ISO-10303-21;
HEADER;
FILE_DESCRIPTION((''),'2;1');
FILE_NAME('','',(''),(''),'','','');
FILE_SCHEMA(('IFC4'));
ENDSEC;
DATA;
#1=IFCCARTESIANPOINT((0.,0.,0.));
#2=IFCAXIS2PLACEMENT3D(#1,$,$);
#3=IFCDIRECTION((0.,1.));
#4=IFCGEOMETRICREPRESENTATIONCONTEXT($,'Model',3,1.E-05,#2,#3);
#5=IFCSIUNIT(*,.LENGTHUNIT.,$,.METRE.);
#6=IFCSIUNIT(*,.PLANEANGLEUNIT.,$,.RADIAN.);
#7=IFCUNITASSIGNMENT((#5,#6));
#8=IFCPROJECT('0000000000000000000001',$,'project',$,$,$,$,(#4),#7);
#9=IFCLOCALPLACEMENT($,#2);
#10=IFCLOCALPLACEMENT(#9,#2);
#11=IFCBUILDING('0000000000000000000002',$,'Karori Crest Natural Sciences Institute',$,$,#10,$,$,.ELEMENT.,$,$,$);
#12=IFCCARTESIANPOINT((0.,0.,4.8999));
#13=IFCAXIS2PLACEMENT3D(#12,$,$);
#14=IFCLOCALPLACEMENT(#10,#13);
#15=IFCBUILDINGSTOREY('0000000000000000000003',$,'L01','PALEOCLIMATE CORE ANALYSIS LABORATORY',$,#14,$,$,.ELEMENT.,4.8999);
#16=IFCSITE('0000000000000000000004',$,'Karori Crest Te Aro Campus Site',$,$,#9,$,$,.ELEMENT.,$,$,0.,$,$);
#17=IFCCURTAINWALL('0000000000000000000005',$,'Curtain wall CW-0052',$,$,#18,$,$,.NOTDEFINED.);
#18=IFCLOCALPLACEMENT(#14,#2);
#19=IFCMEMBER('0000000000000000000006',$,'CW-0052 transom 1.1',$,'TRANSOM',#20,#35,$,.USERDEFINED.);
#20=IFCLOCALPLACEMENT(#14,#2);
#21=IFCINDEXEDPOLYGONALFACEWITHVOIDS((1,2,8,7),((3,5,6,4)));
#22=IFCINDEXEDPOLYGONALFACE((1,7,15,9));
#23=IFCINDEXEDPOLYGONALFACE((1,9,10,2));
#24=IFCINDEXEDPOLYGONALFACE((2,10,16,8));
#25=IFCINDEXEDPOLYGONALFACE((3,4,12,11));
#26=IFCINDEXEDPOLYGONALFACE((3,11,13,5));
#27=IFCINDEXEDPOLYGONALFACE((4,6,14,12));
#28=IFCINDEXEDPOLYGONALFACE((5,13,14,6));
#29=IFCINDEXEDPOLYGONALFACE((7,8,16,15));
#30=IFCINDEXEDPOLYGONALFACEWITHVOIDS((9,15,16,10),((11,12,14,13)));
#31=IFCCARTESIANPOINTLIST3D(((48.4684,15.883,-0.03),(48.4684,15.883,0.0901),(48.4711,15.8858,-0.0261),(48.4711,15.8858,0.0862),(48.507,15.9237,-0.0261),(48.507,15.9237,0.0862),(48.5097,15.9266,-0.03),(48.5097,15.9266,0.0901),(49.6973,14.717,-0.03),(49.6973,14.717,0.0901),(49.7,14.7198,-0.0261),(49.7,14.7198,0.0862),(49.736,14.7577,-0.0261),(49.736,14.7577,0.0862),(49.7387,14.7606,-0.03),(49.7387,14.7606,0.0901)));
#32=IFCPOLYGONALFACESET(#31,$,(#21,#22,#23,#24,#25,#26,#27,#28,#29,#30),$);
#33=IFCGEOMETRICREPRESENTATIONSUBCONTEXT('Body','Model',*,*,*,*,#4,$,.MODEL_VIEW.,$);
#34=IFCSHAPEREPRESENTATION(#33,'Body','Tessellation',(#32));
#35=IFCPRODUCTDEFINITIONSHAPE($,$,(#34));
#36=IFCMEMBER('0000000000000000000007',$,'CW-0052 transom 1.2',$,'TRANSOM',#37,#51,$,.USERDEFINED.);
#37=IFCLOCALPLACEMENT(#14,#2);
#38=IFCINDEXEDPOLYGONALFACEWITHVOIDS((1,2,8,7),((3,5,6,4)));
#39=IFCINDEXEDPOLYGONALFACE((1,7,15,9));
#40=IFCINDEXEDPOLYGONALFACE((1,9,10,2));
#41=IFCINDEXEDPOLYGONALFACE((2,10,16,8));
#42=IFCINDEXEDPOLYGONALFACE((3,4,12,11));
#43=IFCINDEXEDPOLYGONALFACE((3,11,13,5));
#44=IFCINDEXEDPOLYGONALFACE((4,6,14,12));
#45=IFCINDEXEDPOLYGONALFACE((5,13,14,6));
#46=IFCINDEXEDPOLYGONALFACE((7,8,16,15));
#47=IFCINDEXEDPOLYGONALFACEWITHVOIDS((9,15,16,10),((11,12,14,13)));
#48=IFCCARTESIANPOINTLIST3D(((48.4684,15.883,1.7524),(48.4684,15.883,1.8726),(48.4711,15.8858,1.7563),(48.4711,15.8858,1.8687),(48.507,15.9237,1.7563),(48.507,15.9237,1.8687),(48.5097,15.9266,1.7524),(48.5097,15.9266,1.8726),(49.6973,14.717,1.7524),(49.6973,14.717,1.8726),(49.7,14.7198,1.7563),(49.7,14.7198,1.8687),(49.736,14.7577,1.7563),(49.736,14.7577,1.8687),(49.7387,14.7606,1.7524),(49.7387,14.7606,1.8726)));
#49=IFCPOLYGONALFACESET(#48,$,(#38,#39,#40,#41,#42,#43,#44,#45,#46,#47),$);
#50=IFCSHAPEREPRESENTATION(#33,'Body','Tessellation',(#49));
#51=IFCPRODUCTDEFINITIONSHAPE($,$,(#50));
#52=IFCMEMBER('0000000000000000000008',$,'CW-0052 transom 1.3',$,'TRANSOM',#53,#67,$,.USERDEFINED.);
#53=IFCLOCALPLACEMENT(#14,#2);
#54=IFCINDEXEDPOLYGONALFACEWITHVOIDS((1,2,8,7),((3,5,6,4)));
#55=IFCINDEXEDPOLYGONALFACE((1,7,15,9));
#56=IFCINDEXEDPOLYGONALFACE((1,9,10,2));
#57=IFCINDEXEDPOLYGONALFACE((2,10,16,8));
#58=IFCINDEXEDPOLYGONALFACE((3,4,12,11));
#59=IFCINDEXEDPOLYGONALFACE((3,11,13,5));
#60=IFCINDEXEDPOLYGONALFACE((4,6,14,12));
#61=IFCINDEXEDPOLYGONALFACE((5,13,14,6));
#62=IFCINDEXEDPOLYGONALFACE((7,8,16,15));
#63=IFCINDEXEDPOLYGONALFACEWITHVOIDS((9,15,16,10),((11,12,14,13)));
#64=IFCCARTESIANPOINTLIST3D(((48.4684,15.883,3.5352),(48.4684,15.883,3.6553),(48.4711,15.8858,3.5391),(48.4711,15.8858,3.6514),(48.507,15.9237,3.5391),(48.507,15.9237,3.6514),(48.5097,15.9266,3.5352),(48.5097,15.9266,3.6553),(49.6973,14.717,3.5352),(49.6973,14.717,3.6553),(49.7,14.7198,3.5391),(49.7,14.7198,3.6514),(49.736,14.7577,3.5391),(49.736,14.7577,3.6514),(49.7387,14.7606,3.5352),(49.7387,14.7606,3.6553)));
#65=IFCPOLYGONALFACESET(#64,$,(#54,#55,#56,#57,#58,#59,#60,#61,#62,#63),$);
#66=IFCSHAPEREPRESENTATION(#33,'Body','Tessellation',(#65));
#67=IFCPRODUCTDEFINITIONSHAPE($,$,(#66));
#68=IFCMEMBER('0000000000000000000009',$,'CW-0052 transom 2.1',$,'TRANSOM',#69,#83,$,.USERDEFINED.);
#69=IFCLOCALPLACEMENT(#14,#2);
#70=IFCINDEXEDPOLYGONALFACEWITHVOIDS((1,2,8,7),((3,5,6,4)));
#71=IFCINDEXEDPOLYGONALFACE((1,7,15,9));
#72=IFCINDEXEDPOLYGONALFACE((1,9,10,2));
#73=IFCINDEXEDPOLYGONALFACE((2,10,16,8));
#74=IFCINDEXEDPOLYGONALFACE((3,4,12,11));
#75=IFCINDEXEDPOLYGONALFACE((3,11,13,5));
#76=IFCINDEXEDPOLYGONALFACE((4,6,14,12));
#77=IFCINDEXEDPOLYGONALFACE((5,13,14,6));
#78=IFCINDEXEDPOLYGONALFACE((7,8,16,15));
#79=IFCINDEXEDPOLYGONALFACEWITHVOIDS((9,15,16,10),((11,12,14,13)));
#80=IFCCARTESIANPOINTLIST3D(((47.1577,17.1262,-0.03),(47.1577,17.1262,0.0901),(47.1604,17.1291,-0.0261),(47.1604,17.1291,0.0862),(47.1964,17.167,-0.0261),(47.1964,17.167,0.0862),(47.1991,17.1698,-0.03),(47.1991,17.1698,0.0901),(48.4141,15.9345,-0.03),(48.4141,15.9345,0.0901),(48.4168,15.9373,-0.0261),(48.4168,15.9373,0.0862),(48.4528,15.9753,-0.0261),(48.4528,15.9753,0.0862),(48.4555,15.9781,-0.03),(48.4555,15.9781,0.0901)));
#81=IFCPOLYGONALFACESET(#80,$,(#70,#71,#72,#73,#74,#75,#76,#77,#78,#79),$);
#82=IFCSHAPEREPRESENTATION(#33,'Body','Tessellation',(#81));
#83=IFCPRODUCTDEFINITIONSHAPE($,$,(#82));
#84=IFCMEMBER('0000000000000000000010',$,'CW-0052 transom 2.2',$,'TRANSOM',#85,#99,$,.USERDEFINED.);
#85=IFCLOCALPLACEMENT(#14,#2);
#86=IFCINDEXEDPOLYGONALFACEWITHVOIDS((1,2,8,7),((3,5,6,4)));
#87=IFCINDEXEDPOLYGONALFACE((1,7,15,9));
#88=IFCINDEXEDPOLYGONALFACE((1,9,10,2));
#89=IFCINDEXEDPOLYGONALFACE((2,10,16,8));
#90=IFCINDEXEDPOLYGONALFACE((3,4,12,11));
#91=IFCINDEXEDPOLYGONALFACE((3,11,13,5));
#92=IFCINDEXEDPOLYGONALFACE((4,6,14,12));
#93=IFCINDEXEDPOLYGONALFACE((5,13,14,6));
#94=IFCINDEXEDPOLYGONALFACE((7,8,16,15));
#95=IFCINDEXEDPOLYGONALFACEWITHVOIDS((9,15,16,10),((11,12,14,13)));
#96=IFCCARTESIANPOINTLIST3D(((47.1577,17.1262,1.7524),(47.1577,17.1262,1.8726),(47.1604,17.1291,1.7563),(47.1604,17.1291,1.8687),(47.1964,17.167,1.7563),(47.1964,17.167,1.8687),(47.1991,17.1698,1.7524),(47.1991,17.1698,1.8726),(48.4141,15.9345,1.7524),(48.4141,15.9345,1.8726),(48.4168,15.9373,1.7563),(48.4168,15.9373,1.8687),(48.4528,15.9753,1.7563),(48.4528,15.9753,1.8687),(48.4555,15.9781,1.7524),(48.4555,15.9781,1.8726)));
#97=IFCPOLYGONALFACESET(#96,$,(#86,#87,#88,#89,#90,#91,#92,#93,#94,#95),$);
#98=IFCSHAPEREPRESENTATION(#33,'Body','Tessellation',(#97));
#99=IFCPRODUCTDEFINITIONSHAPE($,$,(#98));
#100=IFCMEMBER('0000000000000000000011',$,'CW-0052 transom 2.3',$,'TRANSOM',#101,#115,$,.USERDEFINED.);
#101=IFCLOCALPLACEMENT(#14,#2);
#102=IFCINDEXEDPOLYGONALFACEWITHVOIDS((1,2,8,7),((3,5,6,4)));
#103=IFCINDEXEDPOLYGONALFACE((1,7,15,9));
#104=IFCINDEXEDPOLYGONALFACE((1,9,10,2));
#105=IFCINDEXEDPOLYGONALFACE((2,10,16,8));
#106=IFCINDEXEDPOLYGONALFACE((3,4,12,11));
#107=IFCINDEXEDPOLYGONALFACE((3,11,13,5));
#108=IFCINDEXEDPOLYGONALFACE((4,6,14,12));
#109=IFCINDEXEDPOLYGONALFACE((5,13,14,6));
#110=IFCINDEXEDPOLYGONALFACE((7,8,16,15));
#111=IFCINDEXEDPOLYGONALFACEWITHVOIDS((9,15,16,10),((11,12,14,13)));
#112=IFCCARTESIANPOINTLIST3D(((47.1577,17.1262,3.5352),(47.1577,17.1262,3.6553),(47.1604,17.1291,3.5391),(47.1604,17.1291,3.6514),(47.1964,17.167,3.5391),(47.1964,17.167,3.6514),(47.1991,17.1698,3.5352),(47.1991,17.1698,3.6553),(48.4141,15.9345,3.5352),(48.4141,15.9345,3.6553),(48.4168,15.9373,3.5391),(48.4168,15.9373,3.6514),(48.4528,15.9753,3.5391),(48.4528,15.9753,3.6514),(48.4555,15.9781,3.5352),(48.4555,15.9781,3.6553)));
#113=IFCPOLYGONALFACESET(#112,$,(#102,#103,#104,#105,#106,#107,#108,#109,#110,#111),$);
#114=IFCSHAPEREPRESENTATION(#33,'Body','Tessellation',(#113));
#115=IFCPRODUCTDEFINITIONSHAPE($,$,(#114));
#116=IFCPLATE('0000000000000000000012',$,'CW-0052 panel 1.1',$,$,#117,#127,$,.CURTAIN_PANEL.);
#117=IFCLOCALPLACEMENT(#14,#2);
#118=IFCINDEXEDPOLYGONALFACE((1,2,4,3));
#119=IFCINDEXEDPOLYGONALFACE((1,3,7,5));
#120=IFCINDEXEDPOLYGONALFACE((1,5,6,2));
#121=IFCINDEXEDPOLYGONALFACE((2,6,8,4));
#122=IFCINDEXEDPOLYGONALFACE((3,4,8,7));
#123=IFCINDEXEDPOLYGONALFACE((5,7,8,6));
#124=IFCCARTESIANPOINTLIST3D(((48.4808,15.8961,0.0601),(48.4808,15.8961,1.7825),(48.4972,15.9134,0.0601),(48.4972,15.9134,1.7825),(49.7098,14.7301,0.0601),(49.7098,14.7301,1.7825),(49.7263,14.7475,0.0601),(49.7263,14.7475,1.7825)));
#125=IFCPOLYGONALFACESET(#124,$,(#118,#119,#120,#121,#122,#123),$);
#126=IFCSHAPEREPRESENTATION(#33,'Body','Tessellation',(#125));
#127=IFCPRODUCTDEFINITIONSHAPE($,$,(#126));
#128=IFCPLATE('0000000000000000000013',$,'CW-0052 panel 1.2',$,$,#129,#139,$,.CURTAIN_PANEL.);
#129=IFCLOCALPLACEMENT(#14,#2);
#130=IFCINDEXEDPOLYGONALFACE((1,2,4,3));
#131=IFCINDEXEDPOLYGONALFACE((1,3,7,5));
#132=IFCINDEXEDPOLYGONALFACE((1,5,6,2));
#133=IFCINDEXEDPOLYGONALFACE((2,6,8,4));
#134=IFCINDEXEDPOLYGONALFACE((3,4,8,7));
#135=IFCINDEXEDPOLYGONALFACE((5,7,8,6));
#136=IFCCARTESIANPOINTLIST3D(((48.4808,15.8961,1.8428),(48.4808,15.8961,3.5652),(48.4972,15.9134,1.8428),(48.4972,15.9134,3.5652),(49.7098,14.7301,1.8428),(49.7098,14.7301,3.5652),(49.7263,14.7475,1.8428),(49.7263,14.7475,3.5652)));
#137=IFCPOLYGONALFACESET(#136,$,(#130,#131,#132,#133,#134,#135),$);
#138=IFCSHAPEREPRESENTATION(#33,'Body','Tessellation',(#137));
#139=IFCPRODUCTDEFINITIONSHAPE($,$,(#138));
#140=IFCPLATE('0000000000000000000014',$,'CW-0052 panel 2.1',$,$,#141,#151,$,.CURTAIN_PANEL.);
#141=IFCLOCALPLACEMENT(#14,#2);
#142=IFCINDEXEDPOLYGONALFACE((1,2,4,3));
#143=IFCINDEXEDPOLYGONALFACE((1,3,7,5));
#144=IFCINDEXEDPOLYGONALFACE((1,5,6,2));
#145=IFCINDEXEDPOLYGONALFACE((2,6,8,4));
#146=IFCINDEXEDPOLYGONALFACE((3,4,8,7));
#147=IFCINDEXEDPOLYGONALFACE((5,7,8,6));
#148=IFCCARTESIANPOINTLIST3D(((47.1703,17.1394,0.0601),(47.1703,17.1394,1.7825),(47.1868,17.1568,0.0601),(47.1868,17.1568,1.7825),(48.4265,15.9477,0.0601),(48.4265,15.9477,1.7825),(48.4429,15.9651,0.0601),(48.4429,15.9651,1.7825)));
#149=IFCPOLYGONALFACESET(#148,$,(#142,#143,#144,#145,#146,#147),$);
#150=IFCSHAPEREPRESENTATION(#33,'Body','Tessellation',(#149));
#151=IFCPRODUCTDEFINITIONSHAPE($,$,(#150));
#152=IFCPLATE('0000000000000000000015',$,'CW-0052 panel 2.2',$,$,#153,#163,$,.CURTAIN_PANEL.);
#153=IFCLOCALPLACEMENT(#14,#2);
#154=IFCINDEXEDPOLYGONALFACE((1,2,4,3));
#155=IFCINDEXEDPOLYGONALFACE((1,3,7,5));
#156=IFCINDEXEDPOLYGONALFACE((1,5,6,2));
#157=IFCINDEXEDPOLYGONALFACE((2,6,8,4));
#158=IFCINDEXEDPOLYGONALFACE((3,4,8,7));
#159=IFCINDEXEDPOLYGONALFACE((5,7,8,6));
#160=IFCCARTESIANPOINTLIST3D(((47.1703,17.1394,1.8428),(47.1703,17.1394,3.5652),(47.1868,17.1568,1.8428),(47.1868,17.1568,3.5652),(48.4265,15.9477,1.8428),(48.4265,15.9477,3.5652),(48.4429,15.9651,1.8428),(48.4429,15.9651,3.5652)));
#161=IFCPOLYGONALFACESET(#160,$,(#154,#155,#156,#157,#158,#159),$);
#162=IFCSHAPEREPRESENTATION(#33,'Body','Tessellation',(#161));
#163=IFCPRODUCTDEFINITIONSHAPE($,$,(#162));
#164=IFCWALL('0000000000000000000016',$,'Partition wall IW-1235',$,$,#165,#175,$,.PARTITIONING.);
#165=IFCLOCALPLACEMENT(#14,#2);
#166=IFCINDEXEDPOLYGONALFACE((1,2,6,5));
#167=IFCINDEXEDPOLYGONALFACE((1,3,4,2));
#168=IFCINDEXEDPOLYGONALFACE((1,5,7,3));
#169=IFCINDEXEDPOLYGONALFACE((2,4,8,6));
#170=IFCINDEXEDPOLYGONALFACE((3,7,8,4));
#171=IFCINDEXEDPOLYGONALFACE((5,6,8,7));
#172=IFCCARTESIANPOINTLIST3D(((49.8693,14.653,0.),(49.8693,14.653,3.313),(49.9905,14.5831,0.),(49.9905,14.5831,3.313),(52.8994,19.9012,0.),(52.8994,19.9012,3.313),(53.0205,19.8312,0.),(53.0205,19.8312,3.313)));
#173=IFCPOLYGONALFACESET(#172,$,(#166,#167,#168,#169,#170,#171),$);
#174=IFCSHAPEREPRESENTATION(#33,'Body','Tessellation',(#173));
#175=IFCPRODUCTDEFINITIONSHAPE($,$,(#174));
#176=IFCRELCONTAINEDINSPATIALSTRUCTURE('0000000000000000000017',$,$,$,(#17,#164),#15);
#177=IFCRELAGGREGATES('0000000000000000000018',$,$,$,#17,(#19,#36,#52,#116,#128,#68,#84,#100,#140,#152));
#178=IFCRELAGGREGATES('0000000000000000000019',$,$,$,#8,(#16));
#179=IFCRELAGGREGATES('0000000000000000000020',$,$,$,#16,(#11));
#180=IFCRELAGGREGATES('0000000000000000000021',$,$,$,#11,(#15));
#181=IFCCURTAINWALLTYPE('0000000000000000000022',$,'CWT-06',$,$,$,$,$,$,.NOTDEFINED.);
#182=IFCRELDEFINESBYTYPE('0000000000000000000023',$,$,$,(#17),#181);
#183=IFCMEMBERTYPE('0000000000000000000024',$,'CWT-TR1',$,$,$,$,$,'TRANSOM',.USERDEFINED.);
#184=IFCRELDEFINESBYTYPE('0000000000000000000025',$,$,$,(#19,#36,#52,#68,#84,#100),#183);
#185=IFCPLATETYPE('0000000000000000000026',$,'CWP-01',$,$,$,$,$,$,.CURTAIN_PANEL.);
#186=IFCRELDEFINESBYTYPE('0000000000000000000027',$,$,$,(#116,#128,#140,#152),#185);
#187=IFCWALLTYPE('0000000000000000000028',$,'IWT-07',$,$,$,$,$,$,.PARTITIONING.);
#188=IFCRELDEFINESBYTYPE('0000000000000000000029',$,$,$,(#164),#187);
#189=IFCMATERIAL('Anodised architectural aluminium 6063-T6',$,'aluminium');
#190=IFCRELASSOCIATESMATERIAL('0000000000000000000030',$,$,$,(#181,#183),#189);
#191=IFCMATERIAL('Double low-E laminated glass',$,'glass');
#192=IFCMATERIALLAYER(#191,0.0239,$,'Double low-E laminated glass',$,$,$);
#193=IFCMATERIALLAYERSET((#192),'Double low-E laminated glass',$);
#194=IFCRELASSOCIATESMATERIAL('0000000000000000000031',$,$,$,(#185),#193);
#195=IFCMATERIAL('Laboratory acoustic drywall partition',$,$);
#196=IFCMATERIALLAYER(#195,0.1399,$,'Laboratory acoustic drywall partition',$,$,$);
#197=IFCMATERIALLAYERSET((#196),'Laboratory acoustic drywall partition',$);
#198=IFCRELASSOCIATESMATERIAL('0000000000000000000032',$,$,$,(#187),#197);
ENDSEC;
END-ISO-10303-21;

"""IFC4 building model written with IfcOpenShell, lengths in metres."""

from ifc_helpers import new_model, si_unit, direction, frame, frame_2d, origin, origin_2d, place, context, subcontext, project, spatial, rectangle, hollow_rectangle, extrude, material, layer, layer_set, material_profile, profile_set, type_object, element, aggregate, save


model = new_model("IFC4")

# Units and contexts
model_context = context("Model", 3, precision=1e-05, world=origin(), true_north=direction((0.0, 1.0)))
body_context = subcontext(model_context, "Body", "Model", "MODEL_VIEW")
ifc_project = project(units=[si_unit("LENGTHUNIT", "METRE"), si_unit("PLANEANGLEUNIT", "RADIAN")], contexts=[model_context])

# Site, building, storey
site_placement = place(None, origin())
site = spatial("IfcSite", under=ifc_project, at=site_placement, Name="Karori Crest Te Aro Campus Site", CompositionType="ELEMENT", RefElevation=0.0)
building_placement = place(site_placement, origin())
building = spatial("IfcBuilding", under=site, at=building_placement, Name="Karori Crest Natural Sciences Institute", CompositionType="ELEMENT")
storey_placement = place(building_placement, frame((0.0, 0.0, 4.8999)))
storey = spatial("IfcBuildingStorey", under=building, at=storey_placement, Name="L01", Description="PALEOCLIMATE CORE ANALYSIS LABORATORY", CompositionType="ELEMENT", Elevation=4.8999)

# Curtain wall, members, plates
ifc_material_1 = material(Name="Anodised architectural aluminium 6063-T6", Category="aluminium")
curtain_wall_type = type_object("IfcCurtainWallType", Name="CWT-06", PredefinedType="NOTDEFINED", material=ifc_material_1)
curtain_wall_placement = place(storey_placement, origin())
curtain_wall = element("IfcCurtainWall", 1, at=curtain_wall_placement, inside=storey, type_object=curtain_wall_type, Name="Curtain wall CW-0052", PredefinedType="NOTDEFINED")
ifc_material_profile_1 = material_profile(ifc_material_1, hollow_rectangle(XDim=0.0601, YDim=0.1201, WallThickness=0.0039, at=origin_2d()), Name="CWT120x60x4")
ifc_profile_set_1 = profile_set([ifc_material_profile_1], Name="Anodised architectural aluminium 6063-T6")
member_type_1 = type_object("IfcMemberType", Name="CWT-TR1", ElementType="TRANSOM", PredefinedType="USERDEFINED", material=ifc_profile_set_1)
member_1_placement = place(storey_placement, frame((49.718, 14.7388, 0.03), z_axis=(-0.725453, 0.688272, 0.0), x_axis=(-0.688272, -0.725453, 0.0)))
member_1 = element("IfcMember", 2, at=member_1_placement, type_object=member_type_1, Name="CW-0052 transom 1.1", ObjectType="TRANSOM", PredefinedType="USERDEFINED", context=body_context, shape_type="SweptSolid", body=[
    extrude(hollow_rectangle(XDim=0.0601, YDim=0.1201, WallThickness=0.0039, at=origin_2d()), origin(), (0.0, 0.0, 1.0), 1.6941),
])
member_2_placement = place(storey_placement, frame((49.718, 14.7388, 1.8125), z_axis=(-0.725453, 0.688272, 0.0), x_axis=(-0.688272, -0.725453, 0.0)))
member_2 = element("IfcMember", 3, at=member_2_placement, type_object=member_type_1, Name="CW-0052 transom 1.2", ObjectType="TRANSOM", PredefinedType="USERDEFINED", context=body_context, shape_type="SweptSolid", body=[
    extrude(hollow_rectangle(XDim=0.0601, YDim=0.1201, WallThickness=0.0039, at=origin_2d()), origin(), (0.0, 0.0, 1.0), 1.6941),
])
member_3_placement = place(storey_placement, frame((49.718, 14.7388, 3.5952), z_axis=(-0.725453, 0.688272, 0.0), x_axis=(-0.688272, -0.725453, 0.0)))
member_3 = element("IfcMember", 4, at=member_3_placement, type_object=member_type_1, Name="CW-0052 transom 1.3", ObjectType="TRANSOM", PredefinedType="USERDEFINED", context=body_context, shape_type="SweptSolid", body=[
    extrude(hollow_rectangle(XDim=0.0601, YDim=0.1201, WallThickness=0.0039, at=origin_2d()), origin(), (0.0, 0.0, 1.0), 1.6941),
])
member_4_placement = place(storey_placement, frame((48.4348, 15.9563, 0.03), z_axis=(-0.725541, 0.688179, 0.0), x_axis=(-0.688179, -0.725541, 0.0)))
member_4 = element("IfcMember", 5, at=member_4_placement, type_object=member_type_1, Name="CW-0052 transom 2.1", ObjectType="TRANSOM", PredefinedType="USERDEFINED", context=body_context, shape_type="SweptSolid", body=[
    extrude(hollow_rectangle(XDim=0.0601, YDim=0.1201, WallThickness=0.0039, at=origin_2d()), origin(), (0.0, 0.0, 1.0), 1.7317),
])
member_5_placement = place(storey_placement, frame((48.4348, 15.9563, 1.8125), z_axis=(-0.725541, 0.688179, 0.0), x_axis=(-0.688179, -0.725541, 0.0)))
member_5 = element("IfcMember", 6, at=member_5_placement, type_object=member_type_1, Name="CW-0052 transom 2.2", ObjectType="TRANSOM", PredefinedType="USERDEFINED", context=body_context, shape_type="SweptSolid", body=[
    extrude(hollow_rectangle(XDim=0.0601, YDim=0.1201, WallThickness=0.0039, at=origin_2d()), origin(), (0.0, 0.0, 1.0), 1.7317),
])
member_6_placement = place(storey_placement, frame((48.4348, 15.9563, 3.5952), z_axis=(-0.725541, 0.688179, 0.0), x_axis=(-0.688179, -0.725541, 0.0)))
member_6 = element("IfcMember", 7, at=member_6_placement, type_object=member_type_1, Name="CW-0052 transom 2.3", ObjectType="TRANSOM", PredefinedType="USERDEFINED", context=body_context, shape_type="SweptSolid", body=[
    extrude(hollow_rectangle(XDim=0.0601, YDim=0.1201, WallThickness=0.0039, at=origin_2d()), origin(), (0.0, 0.0, 1.0), 1.7317),
])
ifc_material_2 = material(Name="Double low-E laminated glass", Category="glass")
ifc_layer_1 = layer(ifc_material_2, 0.0239, Name="Double low-E laminated glass")
ifc_layer_set_1 = layer_set([ifc_layer_1], Name="Double low-E laminated glass")
plate_type = type_object("IfcPlateType", Name="CWP-01", PredefinedType="CURTAIN_PANEL", material=ifc_layer_set_1)
plate_1_placement = place(storey_placement, frame((49.1035, 15.3218, 0.0601), z_axis=(0.0, 0.0, 1.0), x_axis=(-0.725477, 0.688246, 0.0)))
plate_1 = element("IfcPlate", 8, at=plate_1_placement, type_object=plate_type, Name="CW-0052 panel 1.1", PredefinedType="CURTAIN_PANEL", context=body_context, shape_type="SweptSolid", body=[
    extrude(rectangle(XDim=1.6941, YDim=0.0239, at=origin_2d()), origin(), (0.0, 0.0, 1.0), 1.7224),
])
plate_2_placement = place(storey_placement, frame((49.1035, 15.3218, 1.8428), z_axis=(0.0, 0.0, 1.0), x_axis=(-0.725477, 0.688246, 0.0)))
plate_2 = element("IfcPlate", 9, at=plate_2_placement, type_object=plate_type, Name="CW-0052 panel 1.2", PredefinedType="CURTAIN_PANEL", context=body_context, shape_type="SweptSolid", body=[
    extrude(rectangle(XDim=1.6941, YDim=0.0239, at=origin_2d()), origin(), (0.0, 0.0, 1.0), 1.7224),
])
plate_3_placement = place(storey_placement, frame((47.8066, 16.5522, 0.0601), z_axis=(0.0, 0.0, 1.0), x_axis=(-0.725477, 0.688246, 0.0)))
plate_3 = element("IfcPlate", 10, at=plate_3_placement, type_object=plate_type, Name="CW-0052 panel 2.1", PredefinedType="CURTAIN_PANEL", context=body_context, shape_type="SweptSolid", body=[
    extrude(rectangle(XDim=1.7314, YDim=0.0239, at=origin_2d()), origin(), (0.0, 0.0, 1.0), 1.7224),
])
plate_4_placement = place(storey_placement, frame((47.8066, 16.5522, 1.8428), z_axis=(0.0, 0.0, 1.0), x_axis=(-0.725477, 0.688246, 0.0)))
plate_4 = element("IfcPlate", 11, at=plate_4_placement, type_object=plate_type, Name="CW-0052 panel 2.2", PredefinedType="CURTAIN_PANEL", context=body_context, shape_type="SweptSolid", body=[
    extrude(rectangle(XDim=1.7314, YDim=0.0239, at=origin_2d()), origin(), (0.0, 0.0, 1.0), 1.7224),
])
aggregate(curtain_wall, [member_1, member_2, member_3, plate_1, plate_2, member_4, member_5, member_6, plate_3, plate_4])

# Wall
ifc_material_3 = material(Name="Laboratory acoustic drywall partition")
ifc_layer_2 = layer(ifc_material_3, 0.1399, Name="Laboratory acoustic drywall partition")
ifc_layer_set_2 = layer_set([ifc_layer_2], Name="Laboratory acoustic drywall partition")
wall_type_1 = type_object("IfcWallType", Name="IWT-07", PredefinedType="PARTITIONING", material=ifc_layer_set_2)
wall_1_placement = place(storey_placement, frame((52.96, 19.8662, 0.0), z_axis=(0.0, 0.0, 1.0), x_axis=(-0.500008, -0.866021, 0.0)))
element("IfcWall", 12, at=wall_1_placement, inside=storey, type_object=wall_type_1, Name="Partition wall IW-1235", PredefinedType="PARTITIONING", context=body_context, shape_type="SweptSolid", body=[
    extrude(rectangle(XDim=6.0601, YDim=0.1399, at=frame_2d((3.03, 0.0))), origin(), (0.0, 0.0, 1.0), 3.313),
])

save(model, "model.ifc")
